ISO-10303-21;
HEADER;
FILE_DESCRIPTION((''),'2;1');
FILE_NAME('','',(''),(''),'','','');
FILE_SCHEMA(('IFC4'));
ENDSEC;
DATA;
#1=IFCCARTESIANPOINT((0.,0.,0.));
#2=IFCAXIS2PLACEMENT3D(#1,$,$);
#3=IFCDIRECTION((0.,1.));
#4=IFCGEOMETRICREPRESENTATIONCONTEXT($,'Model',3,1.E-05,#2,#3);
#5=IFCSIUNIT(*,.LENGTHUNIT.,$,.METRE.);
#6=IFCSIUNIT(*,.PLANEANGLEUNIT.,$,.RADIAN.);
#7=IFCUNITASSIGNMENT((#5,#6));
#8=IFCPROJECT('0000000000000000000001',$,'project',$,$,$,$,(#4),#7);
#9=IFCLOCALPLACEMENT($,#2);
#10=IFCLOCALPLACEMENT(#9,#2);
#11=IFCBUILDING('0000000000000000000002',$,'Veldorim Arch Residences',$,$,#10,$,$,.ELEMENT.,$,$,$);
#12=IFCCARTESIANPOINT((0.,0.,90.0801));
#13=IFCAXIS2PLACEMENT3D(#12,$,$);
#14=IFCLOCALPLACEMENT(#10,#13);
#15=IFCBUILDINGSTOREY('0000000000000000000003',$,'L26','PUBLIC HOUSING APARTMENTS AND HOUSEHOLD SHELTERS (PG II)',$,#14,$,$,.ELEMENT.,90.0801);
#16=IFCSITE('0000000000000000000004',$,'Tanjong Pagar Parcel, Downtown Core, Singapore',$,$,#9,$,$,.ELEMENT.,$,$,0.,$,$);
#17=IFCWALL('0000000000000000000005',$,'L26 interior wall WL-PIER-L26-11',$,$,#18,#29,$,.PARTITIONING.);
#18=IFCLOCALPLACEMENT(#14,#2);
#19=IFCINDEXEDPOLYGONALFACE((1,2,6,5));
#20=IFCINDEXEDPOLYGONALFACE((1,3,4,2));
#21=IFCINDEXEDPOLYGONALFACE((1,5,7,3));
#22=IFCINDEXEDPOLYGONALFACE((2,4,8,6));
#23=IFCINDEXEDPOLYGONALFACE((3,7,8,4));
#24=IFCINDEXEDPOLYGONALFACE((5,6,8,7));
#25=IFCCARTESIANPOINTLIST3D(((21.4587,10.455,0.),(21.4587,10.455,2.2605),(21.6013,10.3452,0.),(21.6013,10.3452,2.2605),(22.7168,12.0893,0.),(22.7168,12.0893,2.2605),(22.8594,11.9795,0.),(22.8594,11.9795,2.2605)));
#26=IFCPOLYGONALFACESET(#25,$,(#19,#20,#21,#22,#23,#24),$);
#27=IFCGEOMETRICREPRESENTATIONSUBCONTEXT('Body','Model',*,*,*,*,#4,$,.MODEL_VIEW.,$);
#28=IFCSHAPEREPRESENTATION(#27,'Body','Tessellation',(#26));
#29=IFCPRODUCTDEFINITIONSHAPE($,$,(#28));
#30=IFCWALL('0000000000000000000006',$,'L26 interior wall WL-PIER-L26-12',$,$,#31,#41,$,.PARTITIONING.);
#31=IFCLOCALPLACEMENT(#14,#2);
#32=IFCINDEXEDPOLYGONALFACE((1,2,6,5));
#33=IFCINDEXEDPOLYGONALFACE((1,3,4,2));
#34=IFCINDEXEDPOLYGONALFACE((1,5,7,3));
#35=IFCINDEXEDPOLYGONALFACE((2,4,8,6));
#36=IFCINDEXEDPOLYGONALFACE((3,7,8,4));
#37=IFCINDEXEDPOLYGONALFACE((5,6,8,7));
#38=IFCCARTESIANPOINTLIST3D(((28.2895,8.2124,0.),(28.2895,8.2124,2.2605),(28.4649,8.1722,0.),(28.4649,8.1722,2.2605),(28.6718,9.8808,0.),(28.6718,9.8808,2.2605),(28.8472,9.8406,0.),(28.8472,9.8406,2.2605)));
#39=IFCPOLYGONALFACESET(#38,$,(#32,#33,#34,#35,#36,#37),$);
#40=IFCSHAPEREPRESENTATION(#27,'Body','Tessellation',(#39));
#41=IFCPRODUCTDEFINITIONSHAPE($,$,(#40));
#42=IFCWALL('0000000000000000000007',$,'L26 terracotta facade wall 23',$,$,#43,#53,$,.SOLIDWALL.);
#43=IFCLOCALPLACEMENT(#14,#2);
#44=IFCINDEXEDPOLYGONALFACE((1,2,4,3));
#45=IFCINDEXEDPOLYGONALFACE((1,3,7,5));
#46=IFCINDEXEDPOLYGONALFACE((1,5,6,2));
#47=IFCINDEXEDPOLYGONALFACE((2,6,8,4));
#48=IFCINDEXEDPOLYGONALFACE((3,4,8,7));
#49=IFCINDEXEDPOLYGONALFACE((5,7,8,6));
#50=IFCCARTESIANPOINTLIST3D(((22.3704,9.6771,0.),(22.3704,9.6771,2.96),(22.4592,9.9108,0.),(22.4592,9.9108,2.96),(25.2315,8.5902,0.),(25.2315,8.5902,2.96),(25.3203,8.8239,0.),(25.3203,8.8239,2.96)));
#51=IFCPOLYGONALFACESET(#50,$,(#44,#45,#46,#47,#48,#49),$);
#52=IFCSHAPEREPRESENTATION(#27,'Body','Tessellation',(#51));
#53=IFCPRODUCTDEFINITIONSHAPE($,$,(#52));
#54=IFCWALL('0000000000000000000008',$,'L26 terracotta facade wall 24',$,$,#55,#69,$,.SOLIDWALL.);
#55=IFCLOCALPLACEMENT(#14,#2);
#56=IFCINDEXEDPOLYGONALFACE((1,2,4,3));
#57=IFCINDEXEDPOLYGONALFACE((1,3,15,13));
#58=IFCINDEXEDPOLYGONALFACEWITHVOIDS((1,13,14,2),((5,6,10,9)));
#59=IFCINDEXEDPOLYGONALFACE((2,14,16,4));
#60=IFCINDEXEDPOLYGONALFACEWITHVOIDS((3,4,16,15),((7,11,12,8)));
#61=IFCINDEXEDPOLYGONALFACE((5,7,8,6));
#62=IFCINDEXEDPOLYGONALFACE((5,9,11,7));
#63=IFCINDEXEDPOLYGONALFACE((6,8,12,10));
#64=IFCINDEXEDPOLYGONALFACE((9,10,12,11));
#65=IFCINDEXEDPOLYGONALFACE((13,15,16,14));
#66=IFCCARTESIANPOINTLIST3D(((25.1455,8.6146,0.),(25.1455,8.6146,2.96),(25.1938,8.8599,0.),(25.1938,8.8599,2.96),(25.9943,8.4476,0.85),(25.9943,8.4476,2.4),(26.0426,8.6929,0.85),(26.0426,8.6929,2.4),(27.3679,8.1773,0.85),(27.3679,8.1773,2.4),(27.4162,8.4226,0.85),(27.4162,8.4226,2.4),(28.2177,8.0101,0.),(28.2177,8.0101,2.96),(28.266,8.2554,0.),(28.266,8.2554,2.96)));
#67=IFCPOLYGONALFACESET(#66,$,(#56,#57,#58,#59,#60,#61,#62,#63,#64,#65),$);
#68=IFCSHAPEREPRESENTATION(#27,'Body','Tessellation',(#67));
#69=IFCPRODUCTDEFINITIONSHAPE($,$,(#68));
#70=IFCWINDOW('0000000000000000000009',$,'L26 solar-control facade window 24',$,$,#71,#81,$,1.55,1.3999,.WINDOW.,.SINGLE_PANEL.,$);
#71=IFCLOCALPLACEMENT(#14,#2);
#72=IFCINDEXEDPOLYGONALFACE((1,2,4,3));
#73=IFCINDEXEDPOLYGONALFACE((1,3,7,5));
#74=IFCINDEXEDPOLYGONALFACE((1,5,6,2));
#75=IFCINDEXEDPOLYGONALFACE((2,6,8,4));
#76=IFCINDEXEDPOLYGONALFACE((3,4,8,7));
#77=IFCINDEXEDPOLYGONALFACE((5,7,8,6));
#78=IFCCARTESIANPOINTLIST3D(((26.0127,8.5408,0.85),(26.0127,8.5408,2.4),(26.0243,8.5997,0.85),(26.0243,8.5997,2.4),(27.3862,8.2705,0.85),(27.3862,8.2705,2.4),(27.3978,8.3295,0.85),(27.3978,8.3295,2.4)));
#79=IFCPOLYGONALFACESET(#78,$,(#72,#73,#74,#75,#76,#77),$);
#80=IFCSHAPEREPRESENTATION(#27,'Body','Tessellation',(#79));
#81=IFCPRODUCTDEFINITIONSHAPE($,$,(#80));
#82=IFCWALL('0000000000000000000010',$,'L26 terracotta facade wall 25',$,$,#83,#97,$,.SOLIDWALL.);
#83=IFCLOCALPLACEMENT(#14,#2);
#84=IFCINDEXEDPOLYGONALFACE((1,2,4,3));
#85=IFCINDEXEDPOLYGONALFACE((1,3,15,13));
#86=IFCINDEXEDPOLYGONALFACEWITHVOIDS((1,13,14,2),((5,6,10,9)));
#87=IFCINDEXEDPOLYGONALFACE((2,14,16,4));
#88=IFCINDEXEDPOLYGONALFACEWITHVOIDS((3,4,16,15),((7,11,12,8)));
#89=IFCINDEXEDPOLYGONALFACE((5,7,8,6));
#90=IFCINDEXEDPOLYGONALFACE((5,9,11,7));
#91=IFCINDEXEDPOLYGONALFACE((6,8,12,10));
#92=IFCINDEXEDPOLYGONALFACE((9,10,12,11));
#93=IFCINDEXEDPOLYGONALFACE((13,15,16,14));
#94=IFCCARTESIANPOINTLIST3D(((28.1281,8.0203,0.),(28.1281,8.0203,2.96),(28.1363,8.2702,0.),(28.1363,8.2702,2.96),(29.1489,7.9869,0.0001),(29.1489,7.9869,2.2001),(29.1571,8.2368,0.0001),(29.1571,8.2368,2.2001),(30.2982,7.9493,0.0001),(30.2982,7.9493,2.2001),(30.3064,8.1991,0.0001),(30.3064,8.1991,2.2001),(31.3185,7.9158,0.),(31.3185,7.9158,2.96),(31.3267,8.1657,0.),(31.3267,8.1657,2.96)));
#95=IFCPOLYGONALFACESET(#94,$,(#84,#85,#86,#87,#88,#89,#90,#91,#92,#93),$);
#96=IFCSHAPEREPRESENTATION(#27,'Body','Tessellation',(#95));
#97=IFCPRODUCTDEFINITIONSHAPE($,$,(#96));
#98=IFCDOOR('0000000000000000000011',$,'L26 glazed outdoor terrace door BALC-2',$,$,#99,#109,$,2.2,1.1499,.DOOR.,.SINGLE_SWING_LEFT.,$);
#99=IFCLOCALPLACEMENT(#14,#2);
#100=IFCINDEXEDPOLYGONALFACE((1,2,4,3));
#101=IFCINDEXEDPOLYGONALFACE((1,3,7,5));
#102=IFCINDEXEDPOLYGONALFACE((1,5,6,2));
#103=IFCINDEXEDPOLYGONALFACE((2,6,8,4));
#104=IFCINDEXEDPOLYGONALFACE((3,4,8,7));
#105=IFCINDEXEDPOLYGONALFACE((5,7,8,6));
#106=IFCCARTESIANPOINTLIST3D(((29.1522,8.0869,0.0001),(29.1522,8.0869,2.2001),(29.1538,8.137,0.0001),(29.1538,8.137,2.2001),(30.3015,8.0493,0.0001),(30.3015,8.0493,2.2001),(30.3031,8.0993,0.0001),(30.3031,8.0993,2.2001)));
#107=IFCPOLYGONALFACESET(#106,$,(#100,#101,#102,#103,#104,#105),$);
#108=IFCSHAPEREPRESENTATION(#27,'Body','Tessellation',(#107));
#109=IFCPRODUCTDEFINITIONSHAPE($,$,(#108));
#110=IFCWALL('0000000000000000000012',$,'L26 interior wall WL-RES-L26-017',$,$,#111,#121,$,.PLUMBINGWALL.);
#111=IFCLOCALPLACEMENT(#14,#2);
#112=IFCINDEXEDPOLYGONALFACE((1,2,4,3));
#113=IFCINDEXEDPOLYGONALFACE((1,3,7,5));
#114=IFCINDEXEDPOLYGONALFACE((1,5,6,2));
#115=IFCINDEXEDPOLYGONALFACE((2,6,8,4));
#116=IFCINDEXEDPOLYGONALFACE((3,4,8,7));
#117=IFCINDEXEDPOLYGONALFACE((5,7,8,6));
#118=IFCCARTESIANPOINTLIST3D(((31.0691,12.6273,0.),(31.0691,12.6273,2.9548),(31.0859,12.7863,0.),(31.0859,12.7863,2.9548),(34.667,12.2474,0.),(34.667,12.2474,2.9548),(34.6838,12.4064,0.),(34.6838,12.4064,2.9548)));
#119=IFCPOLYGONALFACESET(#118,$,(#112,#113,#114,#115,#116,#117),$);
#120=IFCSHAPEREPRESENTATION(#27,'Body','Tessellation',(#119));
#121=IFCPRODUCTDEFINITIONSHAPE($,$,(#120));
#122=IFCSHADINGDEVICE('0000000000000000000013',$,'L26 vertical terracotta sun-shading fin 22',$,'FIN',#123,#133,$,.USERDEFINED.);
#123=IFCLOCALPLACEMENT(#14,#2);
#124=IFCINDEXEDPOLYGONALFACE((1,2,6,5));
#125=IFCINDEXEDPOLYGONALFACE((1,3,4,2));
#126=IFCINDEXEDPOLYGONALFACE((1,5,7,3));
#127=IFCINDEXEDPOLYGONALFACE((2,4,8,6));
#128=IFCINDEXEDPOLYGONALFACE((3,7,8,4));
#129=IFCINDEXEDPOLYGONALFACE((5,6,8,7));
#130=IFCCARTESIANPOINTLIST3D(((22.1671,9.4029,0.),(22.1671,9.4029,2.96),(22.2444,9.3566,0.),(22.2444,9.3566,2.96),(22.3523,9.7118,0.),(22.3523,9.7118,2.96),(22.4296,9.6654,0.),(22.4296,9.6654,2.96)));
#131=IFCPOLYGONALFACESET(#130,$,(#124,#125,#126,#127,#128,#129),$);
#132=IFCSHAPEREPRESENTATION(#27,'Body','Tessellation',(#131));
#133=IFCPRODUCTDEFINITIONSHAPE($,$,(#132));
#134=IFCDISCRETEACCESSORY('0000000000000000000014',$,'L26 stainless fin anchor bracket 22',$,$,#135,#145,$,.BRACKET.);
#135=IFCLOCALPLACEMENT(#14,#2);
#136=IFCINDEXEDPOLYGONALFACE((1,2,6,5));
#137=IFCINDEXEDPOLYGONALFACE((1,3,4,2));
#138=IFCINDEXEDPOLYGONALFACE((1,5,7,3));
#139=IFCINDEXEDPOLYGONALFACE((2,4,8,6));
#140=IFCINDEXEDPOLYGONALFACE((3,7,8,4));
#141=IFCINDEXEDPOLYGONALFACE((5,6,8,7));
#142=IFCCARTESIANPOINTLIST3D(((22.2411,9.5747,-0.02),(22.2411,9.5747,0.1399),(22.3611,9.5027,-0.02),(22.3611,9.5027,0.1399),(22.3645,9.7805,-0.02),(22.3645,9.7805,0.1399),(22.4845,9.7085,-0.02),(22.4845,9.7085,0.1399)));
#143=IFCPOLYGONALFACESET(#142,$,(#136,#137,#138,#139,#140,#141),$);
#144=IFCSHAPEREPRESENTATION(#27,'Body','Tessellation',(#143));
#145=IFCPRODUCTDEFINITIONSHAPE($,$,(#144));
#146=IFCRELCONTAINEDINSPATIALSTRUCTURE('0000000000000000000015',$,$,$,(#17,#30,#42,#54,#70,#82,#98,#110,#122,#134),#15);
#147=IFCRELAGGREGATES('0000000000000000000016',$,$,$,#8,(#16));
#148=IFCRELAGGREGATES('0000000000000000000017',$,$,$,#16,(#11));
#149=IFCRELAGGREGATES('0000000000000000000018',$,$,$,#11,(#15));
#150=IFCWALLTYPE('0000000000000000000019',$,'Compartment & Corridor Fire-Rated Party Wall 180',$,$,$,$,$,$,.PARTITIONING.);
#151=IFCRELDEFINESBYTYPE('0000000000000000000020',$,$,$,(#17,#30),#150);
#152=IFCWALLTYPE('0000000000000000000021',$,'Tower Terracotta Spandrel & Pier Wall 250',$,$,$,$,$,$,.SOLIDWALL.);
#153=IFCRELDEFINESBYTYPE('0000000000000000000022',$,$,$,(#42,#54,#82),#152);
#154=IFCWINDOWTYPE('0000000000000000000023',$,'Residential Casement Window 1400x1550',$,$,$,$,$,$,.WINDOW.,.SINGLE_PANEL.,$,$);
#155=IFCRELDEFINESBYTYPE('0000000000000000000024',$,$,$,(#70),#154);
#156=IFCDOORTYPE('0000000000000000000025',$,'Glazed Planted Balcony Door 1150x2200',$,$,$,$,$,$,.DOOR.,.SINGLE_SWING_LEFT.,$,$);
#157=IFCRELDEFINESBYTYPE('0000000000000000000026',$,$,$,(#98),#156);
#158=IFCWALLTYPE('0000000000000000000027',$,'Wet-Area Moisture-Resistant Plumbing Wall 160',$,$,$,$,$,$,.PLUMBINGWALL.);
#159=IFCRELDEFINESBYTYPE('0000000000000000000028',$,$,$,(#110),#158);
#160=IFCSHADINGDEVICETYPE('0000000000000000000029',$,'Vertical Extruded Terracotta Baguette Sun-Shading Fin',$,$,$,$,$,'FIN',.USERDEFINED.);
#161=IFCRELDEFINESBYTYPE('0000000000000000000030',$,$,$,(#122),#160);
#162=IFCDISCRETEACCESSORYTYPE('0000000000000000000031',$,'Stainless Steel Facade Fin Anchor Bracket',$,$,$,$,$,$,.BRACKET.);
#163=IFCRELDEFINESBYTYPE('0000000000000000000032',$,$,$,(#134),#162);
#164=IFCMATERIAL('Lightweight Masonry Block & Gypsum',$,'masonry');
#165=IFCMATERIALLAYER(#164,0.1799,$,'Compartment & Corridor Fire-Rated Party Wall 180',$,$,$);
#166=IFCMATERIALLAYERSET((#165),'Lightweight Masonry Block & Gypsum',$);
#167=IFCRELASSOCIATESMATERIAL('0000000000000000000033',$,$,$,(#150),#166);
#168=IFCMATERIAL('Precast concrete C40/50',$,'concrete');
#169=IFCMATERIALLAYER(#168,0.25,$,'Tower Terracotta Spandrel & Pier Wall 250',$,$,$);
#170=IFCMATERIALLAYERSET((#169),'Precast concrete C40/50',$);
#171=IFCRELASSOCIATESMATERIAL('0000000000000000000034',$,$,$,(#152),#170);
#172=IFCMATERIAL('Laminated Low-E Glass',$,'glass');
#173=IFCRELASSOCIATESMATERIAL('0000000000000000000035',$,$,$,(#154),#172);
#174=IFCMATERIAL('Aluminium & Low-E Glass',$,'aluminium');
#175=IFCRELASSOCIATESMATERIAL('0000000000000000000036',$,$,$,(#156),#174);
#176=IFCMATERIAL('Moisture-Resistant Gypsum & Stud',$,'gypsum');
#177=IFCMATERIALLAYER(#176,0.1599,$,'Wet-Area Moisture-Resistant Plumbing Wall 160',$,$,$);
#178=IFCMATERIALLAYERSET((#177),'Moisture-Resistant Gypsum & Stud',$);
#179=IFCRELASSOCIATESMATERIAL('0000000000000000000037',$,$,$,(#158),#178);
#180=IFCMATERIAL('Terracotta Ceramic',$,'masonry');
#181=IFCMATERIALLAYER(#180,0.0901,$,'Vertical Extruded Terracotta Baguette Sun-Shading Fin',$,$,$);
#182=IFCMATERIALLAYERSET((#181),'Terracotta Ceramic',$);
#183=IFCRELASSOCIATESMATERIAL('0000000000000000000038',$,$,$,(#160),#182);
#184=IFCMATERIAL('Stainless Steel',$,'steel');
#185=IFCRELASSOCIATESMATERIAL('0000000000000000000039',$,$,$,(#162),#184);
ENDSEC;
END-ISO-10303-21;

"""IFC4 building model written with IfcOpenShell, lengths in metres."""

from ifc_helpers import new_model, si_unit, direction, frame, frame_2d, origin, origin_2d, place, context, subcontext, project, spatial, rectangle, extrude, material, layer, layer_set, type_object, element, fill, save


model = new_model("IFC4")

# Units and contexts
model_context = context("Model", 3, precision=1e-05, world=origin(), true_north=direction((0.0, 1.0)))
body_context = subcontext(model_context, "Body", "Model", "MODEL_VIEW")
ifc_project = project(units=[si_unit("LENGTHUNIT", "METRE"), si_unit("PLANEANGLEUNIT", "RADIAN")], contexts=[model_context])

# Site, building, storey
site_placement = place(None, origin())
site = spatial("IfcSite", under=ifc_project, at=site_placement, Name="Tanjong Pagar Parcel, Downtown Core, Singapore", CompositionType="ELEMENT", RefElevation=0.0)
building_placement = place(site_placement, origin())
building = spatial("IfcBuilding", under=site, at=building_placement, Name="Veldorim Arch Residences", CompositionType="ELEMENT")
storey_placement = place(building_placement, frame((0.0, 0.0, 90.0801)))
storey = spatial("IfcBuildingStorey", under=building, at=storey_placement, Name="L26", Description="PUBLIC HOUSING APARTMENTS AND HOUSEHOLD SHELTERS (PG II)", CompositionType="ELEMENT", Elevation=90.0801)

# Walls
ifc_material_1 = material(Name="Lightweight Masonry Block & Gypsum", Category="masonry")
ifc_layer_1 = layer(ifc_material_1, 0.1799, Name="Compartment & Corridor Fire-Rated Party Wall 180")
ifc_layer_set_1 = layer_set([ifc_layer_1], Name="Lightweight Masonry Block & Gypsum")
wall_type_1 = type_object("IfcWallType", Name="Compartment & Corridor Fire-Rated Party Wall 180", PredefinedType="PARTITIONING", material=ifc_layer_set_1)
wall_1_placement = place(storey_placement, frame((22.7881, 12.0344, 0.0), z_axis=(0.0, 0.0, 1.0), x_axis=(-0.609991, -0.792408, 0.0)))
element("IfcWall", 1, at=wall_1_placement, inside=storey, type_object=wall_type_1, Name="L26 interior wall WL-PIER-L26-11", PredefinedType="PARTITIONING", context=body_context, shape_type="SweptSolid", body=[
    extrude(rectangle(XDim=2.0625, YDim=0.1799, at=frame_2d((1.0312, 0.0))), origin(), (0.0, 0.0, 1.0), 2.2605),
])
wall_2_placement = place(storey_placement, frame((28.7595, 9.8608, 0.0), z_axis=(0.0, 0.0, 1.0), x_axis=(-0.223359, -0.974736, 0.0)))
element("IfcWall", 2, at=wall_2_placement, inside=storey, type_object=wall_type_1, Name="L26 interior wall WL-PIER-L26-12", PredefinedType="PARTITIONING", context=body_context, shape_type="SweptSolid", body=[
    extrude(rectangle(XDim=1.7117, YDim=0.1799, at=frame_2d((0.856, 0.0))), origin(), (0.0, 0.0, 1.0), 2.2605),
])
ifc_material_2 = material(Name="Precast concrete C40/50", Category="concrete")
ifc_layer_2 = layer(ifc_material_2, 0.25, Name="Tower Terracotta Spandrel & Pier Wall 250")
ifc_layer_set_2 = layer_set([ifc_layer_2], Name="Precast concrete C40/50")
wall_type_2 = type_object("IfcWallType", Name="Tower Terracotta Spandrel & Pier Wall 250", PredefinedType="SOLIDWALL", material=ifc_layer_set_2)
wall_3_placement = place(storey_placement, frame((25.2759, 8.707, 0.0), z_axis=(0.0, 0.0, 1.0), x_axis=(-0.934816, 0.355133, 0.0)))
element("IfcWall", 3, at=wall_3_placement, inside=storey, type_object=wall_type_2, Name="L26 terracotta facade wall 23", PredefinedType="SOLIDWALL", context=body_context, shape_type="SweptSolid", body=[
    extrude(rectangle(XDim=3.0605, YDim=0.25, at=frame_2d((1.5303, 0.0))), origin(), (0.0, 0.0, 1.0), 2.96),
])

# Wall, opening, window
wall_4_placement = place(storey_placement, frame((28.2417, 8.1328, 0.0), z_axis=(0.0, 0.0, 1.0), x_axis=(-0.981188, 0.193056, 0.0)))
wall_4 = element("IfcWall", 4, at=wall_4_placement, inside=storey, type_object=wall_type_2, Name="L26 terracotta facade wall 24", PredefinedType="SOLIDWALL", context=body_context, shape_type="SweptSolid", body=[
    extrude(rectangle(XDim=3.1311, YDim=0.25, at=frame_2d((1.5654, 0.0))), origin(), (0.0, 0.0, 1.0), 2.96),
])
opening_1_placement = place(wall_4_placement, frame((0.866, 0.0, 0.8501)))
opening_1 = element("IfcOpeningElement", 5, at=opening_1_placement, cuts=wall_4, PredefinedType="OPENING", context=body_context, shape_type="SweptSolid", body=[
    extrude(rectangle(XDim=1.3999, YDim=1.55, at=frame_2d((0.7, 0.7749))), frame((0.0, 0.135, 0.0), z_axis=(0.0, -1.0, 0.0), x_axis=(1.0, 0.0, 0.0)), (0.0, 0.0, 1.0), 0.27),
])
ifc_material_3 = material(Name="Laminated Low-E Glass", Category="glass")
window_type = type_object("IfcWindowType", Name="Residential Casement Window 1400x1550", PartitioningType="SINGLE_PANEL", PredefinedType="WINDOW", material=ifc_material_3)
window_placement = place(opening_1_placement, origin())
window = element("IfcWindow", 6, at=window_placement, inside=storey, type_object=window_type, Name="L26 solar-control facade window 24", OverallHeight=1.55, OverallWidth=1.3999, PartitioningType="SINGLE_PANEL", PredefinedType="WINDOW", context=body_context, shape_type="SweptSolid", body=[
    extrude(rectangle(XDim=1.3999, YDim=1.55, at=frame_2d((0.7, 0.7749))), frame((0.0, 0.03, 0.0), z_axis=(0.0, -1.0, 0.0), x_axis=(1.0, 0.0, 0.0)), (0.0, 0.0, 1.0), 0.0601),
])
fill(opening_1, window)

# Wall, opening, door
wall_5_placement = place(storey_placement, frame((31.3228, 8.0408, 0.0), z_axis=(0.0, 0.0, 1.0), x_axis=(-0.999464, 0.032734, 0.0)))
wall_5 = element("IfcWall", 7, at=wall_5_placement, inside=storey, type_object=wall_type_2, Name="L26 terracotta facade wall 25", PredefinedType="SOLIDWALL", context=body_context, shape_type="SweptSolid", body=[
    extrude(rectangle(XDim=3.1921, YDim=0.25, at=frame_2d((1.5962, 0.0))), origin(), (0.0, 0.0, 1.0), 2.96),
])
opening_2_placement = place(wall_5_placement, frame((1.021, 0.0, 0.0)))
opening_2 = element("IfcOpeningElement", 8, at=opening_2_placement, cuts=wall_5, PredefinedType="OPENING", context=body_context, shape_type="SweptSolid", body=[
    extrude(rectangle(XDim=1.1499, YDim=2.2, at=frame_2d((0.575, 1.1001))), frame((0.0, 0.135, 0.0), z_axis=(0.0, -1.0, 0.0), x_axis=(1.0, 0.0, 0.0)), (0.0, 0.0, 1.0), 0.27),
])
ifc_material_4 = material(Name="Aluminium & Low-E Glass", Category="aluminium")
door_type_1 = type_object("IfcDoorType", Name="Glazed Planted Balcony Door 1150x2200", OperationType="SINGLE_SWING_LEFT", PredefinedType="DOOR", material=ifc_material_4)
door_1_placement = place(opening_2_placement, origin())
door_1 = element("IfcDoor", 9, at=door_1_placement, inside=storey, type_object=door_type_1, Name="L26 glazed outdoor terrace door BALC-2", OperationType="SINGLE_SWING_LEFT", OverallHeight=2.2, OverallWidth=1.1499, PredefinedType="DOOR", context=body_context, shape_type="SweptSolid", body=[
    extrude(rectangle(XDim=1.1499, YDim=2.2, at=frame_2d((0.575, 1.1001))), frame((0.0, 0.0249, 0.0), z_axis=(0.0, -1.0, 0.0), x_axis=(1.0, 0.0, 0.0)), (0.0, 0.0, 1.0), 0.05),
])
fill(opening_2, door_1)

# Wall
ifc_material_5 = material(Name="Moisture-Resistant Gypsum & Stud", Category="gypsum")
ifc_layer_3 = layer(ifc_material_5, 0.1599, Name="Wet-Area Moisture-Resistant Plumbing Wall 160")
ifc_layer_set_3 = layer_set([ifc_layer_3], Name="Moisture-Resistant Gypsum & Stud")
wall_type_3 = type_object("IfcWallType", Name="Wet-Area Moisture-Resistant Plumbing Wall 160", PredefinedType="PLUMBINGWALL", material=ifc_layer_set_3)
wall_6_placement = place(storey_placement, frame((31.0774, 12.7068, 0.0), z_axis=(0.0, 0.0, 1.0), x_axis=(0.994472, -0.105001, 0.0)))
element("IfcWall", 10, at=wall_6_placement, inside=storey, type_object=wall_type_3, Name="L26 interior wall WL-RES-L26-017", PredefinedType="PLUMBINGWALL", context=body_context, shape_type="SweptSolid", body=[
    extrude(rectangle(XDim=3.6179, YDim=0.1599, at=frame_2d((1.8091, 0.0))), origin(), (0.0, 0.0, 1.0), 2.9548),
])

# Shading device
ifc_material_6 = material(Name="Terracotta Ceramic", Category="masonry")
ifc_layer_4 = layer(ifc_material_6, 0.0901, Name="Vertical Extruded Terracotta Baguette Sun-Shading Fin")
ifc_layer_set_4 = layer_set([ifc_layer_4], Name="Terracotta Ceramic")
shading_device_type = type_object("IfcShadingDeviceType", Name="Vertical Extruded Terracotta Baguette Sun-Shading Fin", ElementType="FIN", PredefinedType="USERDEFINED", material=ifc_layer_set_4)
shading_device_placement = place(storey_placement, frame((22.2983, 9.5342, 0.0), z_axis=(0.0, 0.0, 1.0), x_axis=(-0.857616, 0.51429, 0.0)))
element("IfcShadingDevice", 11, at=shading_device_placement, inside=storey, type_object=shading_device_type, Name="L26 vertical terracotta sun-shading fin 22", ObjectType="FIN", PredefinedType="USERDEFINED", context=body_context, shape_type="SweptSolid", body=[
    extrude(rectangle(XDim=0.0901, YDim=0.3601, at=origin_2d()), origin(), (0.0, 0.0, 1.0), 2.96),
])

# Discrete accessory
ifc_material_7 = material(Name="Stainless Steel", Category="steel")
discrete_accessory_type = type_object("IfcDiscreteAccessoryType", Name="Stainless Steel Facade Fin Anchor Bracket", PredefinedType="BRACKET", material=ifc_material_7)
discrete_accessory_placement = place(storey_placement, frame((22.3628, 9.6416, -0.02), z_axis=(0.0, 0.0, 1.0), x_axis=(-0.857616, 0.51429, 0.0)))
element("IfcDiscreteAccessory", 12, at=discrete_accessory_placement, inside=storey, type_object=discrete_accessory_type, Name="L26 stainless fin anchor bracket 22", PredefinedType="BRACKET", context=body_context, shape_type="SweptSolid", body=[
    extrude(rectangle(XDim=0.1399, YDim=0.24, at=origin_2d()), origin(), (0.0, 0.0, 1.0), 0.1599),
])

save(model, "model.ifc")
